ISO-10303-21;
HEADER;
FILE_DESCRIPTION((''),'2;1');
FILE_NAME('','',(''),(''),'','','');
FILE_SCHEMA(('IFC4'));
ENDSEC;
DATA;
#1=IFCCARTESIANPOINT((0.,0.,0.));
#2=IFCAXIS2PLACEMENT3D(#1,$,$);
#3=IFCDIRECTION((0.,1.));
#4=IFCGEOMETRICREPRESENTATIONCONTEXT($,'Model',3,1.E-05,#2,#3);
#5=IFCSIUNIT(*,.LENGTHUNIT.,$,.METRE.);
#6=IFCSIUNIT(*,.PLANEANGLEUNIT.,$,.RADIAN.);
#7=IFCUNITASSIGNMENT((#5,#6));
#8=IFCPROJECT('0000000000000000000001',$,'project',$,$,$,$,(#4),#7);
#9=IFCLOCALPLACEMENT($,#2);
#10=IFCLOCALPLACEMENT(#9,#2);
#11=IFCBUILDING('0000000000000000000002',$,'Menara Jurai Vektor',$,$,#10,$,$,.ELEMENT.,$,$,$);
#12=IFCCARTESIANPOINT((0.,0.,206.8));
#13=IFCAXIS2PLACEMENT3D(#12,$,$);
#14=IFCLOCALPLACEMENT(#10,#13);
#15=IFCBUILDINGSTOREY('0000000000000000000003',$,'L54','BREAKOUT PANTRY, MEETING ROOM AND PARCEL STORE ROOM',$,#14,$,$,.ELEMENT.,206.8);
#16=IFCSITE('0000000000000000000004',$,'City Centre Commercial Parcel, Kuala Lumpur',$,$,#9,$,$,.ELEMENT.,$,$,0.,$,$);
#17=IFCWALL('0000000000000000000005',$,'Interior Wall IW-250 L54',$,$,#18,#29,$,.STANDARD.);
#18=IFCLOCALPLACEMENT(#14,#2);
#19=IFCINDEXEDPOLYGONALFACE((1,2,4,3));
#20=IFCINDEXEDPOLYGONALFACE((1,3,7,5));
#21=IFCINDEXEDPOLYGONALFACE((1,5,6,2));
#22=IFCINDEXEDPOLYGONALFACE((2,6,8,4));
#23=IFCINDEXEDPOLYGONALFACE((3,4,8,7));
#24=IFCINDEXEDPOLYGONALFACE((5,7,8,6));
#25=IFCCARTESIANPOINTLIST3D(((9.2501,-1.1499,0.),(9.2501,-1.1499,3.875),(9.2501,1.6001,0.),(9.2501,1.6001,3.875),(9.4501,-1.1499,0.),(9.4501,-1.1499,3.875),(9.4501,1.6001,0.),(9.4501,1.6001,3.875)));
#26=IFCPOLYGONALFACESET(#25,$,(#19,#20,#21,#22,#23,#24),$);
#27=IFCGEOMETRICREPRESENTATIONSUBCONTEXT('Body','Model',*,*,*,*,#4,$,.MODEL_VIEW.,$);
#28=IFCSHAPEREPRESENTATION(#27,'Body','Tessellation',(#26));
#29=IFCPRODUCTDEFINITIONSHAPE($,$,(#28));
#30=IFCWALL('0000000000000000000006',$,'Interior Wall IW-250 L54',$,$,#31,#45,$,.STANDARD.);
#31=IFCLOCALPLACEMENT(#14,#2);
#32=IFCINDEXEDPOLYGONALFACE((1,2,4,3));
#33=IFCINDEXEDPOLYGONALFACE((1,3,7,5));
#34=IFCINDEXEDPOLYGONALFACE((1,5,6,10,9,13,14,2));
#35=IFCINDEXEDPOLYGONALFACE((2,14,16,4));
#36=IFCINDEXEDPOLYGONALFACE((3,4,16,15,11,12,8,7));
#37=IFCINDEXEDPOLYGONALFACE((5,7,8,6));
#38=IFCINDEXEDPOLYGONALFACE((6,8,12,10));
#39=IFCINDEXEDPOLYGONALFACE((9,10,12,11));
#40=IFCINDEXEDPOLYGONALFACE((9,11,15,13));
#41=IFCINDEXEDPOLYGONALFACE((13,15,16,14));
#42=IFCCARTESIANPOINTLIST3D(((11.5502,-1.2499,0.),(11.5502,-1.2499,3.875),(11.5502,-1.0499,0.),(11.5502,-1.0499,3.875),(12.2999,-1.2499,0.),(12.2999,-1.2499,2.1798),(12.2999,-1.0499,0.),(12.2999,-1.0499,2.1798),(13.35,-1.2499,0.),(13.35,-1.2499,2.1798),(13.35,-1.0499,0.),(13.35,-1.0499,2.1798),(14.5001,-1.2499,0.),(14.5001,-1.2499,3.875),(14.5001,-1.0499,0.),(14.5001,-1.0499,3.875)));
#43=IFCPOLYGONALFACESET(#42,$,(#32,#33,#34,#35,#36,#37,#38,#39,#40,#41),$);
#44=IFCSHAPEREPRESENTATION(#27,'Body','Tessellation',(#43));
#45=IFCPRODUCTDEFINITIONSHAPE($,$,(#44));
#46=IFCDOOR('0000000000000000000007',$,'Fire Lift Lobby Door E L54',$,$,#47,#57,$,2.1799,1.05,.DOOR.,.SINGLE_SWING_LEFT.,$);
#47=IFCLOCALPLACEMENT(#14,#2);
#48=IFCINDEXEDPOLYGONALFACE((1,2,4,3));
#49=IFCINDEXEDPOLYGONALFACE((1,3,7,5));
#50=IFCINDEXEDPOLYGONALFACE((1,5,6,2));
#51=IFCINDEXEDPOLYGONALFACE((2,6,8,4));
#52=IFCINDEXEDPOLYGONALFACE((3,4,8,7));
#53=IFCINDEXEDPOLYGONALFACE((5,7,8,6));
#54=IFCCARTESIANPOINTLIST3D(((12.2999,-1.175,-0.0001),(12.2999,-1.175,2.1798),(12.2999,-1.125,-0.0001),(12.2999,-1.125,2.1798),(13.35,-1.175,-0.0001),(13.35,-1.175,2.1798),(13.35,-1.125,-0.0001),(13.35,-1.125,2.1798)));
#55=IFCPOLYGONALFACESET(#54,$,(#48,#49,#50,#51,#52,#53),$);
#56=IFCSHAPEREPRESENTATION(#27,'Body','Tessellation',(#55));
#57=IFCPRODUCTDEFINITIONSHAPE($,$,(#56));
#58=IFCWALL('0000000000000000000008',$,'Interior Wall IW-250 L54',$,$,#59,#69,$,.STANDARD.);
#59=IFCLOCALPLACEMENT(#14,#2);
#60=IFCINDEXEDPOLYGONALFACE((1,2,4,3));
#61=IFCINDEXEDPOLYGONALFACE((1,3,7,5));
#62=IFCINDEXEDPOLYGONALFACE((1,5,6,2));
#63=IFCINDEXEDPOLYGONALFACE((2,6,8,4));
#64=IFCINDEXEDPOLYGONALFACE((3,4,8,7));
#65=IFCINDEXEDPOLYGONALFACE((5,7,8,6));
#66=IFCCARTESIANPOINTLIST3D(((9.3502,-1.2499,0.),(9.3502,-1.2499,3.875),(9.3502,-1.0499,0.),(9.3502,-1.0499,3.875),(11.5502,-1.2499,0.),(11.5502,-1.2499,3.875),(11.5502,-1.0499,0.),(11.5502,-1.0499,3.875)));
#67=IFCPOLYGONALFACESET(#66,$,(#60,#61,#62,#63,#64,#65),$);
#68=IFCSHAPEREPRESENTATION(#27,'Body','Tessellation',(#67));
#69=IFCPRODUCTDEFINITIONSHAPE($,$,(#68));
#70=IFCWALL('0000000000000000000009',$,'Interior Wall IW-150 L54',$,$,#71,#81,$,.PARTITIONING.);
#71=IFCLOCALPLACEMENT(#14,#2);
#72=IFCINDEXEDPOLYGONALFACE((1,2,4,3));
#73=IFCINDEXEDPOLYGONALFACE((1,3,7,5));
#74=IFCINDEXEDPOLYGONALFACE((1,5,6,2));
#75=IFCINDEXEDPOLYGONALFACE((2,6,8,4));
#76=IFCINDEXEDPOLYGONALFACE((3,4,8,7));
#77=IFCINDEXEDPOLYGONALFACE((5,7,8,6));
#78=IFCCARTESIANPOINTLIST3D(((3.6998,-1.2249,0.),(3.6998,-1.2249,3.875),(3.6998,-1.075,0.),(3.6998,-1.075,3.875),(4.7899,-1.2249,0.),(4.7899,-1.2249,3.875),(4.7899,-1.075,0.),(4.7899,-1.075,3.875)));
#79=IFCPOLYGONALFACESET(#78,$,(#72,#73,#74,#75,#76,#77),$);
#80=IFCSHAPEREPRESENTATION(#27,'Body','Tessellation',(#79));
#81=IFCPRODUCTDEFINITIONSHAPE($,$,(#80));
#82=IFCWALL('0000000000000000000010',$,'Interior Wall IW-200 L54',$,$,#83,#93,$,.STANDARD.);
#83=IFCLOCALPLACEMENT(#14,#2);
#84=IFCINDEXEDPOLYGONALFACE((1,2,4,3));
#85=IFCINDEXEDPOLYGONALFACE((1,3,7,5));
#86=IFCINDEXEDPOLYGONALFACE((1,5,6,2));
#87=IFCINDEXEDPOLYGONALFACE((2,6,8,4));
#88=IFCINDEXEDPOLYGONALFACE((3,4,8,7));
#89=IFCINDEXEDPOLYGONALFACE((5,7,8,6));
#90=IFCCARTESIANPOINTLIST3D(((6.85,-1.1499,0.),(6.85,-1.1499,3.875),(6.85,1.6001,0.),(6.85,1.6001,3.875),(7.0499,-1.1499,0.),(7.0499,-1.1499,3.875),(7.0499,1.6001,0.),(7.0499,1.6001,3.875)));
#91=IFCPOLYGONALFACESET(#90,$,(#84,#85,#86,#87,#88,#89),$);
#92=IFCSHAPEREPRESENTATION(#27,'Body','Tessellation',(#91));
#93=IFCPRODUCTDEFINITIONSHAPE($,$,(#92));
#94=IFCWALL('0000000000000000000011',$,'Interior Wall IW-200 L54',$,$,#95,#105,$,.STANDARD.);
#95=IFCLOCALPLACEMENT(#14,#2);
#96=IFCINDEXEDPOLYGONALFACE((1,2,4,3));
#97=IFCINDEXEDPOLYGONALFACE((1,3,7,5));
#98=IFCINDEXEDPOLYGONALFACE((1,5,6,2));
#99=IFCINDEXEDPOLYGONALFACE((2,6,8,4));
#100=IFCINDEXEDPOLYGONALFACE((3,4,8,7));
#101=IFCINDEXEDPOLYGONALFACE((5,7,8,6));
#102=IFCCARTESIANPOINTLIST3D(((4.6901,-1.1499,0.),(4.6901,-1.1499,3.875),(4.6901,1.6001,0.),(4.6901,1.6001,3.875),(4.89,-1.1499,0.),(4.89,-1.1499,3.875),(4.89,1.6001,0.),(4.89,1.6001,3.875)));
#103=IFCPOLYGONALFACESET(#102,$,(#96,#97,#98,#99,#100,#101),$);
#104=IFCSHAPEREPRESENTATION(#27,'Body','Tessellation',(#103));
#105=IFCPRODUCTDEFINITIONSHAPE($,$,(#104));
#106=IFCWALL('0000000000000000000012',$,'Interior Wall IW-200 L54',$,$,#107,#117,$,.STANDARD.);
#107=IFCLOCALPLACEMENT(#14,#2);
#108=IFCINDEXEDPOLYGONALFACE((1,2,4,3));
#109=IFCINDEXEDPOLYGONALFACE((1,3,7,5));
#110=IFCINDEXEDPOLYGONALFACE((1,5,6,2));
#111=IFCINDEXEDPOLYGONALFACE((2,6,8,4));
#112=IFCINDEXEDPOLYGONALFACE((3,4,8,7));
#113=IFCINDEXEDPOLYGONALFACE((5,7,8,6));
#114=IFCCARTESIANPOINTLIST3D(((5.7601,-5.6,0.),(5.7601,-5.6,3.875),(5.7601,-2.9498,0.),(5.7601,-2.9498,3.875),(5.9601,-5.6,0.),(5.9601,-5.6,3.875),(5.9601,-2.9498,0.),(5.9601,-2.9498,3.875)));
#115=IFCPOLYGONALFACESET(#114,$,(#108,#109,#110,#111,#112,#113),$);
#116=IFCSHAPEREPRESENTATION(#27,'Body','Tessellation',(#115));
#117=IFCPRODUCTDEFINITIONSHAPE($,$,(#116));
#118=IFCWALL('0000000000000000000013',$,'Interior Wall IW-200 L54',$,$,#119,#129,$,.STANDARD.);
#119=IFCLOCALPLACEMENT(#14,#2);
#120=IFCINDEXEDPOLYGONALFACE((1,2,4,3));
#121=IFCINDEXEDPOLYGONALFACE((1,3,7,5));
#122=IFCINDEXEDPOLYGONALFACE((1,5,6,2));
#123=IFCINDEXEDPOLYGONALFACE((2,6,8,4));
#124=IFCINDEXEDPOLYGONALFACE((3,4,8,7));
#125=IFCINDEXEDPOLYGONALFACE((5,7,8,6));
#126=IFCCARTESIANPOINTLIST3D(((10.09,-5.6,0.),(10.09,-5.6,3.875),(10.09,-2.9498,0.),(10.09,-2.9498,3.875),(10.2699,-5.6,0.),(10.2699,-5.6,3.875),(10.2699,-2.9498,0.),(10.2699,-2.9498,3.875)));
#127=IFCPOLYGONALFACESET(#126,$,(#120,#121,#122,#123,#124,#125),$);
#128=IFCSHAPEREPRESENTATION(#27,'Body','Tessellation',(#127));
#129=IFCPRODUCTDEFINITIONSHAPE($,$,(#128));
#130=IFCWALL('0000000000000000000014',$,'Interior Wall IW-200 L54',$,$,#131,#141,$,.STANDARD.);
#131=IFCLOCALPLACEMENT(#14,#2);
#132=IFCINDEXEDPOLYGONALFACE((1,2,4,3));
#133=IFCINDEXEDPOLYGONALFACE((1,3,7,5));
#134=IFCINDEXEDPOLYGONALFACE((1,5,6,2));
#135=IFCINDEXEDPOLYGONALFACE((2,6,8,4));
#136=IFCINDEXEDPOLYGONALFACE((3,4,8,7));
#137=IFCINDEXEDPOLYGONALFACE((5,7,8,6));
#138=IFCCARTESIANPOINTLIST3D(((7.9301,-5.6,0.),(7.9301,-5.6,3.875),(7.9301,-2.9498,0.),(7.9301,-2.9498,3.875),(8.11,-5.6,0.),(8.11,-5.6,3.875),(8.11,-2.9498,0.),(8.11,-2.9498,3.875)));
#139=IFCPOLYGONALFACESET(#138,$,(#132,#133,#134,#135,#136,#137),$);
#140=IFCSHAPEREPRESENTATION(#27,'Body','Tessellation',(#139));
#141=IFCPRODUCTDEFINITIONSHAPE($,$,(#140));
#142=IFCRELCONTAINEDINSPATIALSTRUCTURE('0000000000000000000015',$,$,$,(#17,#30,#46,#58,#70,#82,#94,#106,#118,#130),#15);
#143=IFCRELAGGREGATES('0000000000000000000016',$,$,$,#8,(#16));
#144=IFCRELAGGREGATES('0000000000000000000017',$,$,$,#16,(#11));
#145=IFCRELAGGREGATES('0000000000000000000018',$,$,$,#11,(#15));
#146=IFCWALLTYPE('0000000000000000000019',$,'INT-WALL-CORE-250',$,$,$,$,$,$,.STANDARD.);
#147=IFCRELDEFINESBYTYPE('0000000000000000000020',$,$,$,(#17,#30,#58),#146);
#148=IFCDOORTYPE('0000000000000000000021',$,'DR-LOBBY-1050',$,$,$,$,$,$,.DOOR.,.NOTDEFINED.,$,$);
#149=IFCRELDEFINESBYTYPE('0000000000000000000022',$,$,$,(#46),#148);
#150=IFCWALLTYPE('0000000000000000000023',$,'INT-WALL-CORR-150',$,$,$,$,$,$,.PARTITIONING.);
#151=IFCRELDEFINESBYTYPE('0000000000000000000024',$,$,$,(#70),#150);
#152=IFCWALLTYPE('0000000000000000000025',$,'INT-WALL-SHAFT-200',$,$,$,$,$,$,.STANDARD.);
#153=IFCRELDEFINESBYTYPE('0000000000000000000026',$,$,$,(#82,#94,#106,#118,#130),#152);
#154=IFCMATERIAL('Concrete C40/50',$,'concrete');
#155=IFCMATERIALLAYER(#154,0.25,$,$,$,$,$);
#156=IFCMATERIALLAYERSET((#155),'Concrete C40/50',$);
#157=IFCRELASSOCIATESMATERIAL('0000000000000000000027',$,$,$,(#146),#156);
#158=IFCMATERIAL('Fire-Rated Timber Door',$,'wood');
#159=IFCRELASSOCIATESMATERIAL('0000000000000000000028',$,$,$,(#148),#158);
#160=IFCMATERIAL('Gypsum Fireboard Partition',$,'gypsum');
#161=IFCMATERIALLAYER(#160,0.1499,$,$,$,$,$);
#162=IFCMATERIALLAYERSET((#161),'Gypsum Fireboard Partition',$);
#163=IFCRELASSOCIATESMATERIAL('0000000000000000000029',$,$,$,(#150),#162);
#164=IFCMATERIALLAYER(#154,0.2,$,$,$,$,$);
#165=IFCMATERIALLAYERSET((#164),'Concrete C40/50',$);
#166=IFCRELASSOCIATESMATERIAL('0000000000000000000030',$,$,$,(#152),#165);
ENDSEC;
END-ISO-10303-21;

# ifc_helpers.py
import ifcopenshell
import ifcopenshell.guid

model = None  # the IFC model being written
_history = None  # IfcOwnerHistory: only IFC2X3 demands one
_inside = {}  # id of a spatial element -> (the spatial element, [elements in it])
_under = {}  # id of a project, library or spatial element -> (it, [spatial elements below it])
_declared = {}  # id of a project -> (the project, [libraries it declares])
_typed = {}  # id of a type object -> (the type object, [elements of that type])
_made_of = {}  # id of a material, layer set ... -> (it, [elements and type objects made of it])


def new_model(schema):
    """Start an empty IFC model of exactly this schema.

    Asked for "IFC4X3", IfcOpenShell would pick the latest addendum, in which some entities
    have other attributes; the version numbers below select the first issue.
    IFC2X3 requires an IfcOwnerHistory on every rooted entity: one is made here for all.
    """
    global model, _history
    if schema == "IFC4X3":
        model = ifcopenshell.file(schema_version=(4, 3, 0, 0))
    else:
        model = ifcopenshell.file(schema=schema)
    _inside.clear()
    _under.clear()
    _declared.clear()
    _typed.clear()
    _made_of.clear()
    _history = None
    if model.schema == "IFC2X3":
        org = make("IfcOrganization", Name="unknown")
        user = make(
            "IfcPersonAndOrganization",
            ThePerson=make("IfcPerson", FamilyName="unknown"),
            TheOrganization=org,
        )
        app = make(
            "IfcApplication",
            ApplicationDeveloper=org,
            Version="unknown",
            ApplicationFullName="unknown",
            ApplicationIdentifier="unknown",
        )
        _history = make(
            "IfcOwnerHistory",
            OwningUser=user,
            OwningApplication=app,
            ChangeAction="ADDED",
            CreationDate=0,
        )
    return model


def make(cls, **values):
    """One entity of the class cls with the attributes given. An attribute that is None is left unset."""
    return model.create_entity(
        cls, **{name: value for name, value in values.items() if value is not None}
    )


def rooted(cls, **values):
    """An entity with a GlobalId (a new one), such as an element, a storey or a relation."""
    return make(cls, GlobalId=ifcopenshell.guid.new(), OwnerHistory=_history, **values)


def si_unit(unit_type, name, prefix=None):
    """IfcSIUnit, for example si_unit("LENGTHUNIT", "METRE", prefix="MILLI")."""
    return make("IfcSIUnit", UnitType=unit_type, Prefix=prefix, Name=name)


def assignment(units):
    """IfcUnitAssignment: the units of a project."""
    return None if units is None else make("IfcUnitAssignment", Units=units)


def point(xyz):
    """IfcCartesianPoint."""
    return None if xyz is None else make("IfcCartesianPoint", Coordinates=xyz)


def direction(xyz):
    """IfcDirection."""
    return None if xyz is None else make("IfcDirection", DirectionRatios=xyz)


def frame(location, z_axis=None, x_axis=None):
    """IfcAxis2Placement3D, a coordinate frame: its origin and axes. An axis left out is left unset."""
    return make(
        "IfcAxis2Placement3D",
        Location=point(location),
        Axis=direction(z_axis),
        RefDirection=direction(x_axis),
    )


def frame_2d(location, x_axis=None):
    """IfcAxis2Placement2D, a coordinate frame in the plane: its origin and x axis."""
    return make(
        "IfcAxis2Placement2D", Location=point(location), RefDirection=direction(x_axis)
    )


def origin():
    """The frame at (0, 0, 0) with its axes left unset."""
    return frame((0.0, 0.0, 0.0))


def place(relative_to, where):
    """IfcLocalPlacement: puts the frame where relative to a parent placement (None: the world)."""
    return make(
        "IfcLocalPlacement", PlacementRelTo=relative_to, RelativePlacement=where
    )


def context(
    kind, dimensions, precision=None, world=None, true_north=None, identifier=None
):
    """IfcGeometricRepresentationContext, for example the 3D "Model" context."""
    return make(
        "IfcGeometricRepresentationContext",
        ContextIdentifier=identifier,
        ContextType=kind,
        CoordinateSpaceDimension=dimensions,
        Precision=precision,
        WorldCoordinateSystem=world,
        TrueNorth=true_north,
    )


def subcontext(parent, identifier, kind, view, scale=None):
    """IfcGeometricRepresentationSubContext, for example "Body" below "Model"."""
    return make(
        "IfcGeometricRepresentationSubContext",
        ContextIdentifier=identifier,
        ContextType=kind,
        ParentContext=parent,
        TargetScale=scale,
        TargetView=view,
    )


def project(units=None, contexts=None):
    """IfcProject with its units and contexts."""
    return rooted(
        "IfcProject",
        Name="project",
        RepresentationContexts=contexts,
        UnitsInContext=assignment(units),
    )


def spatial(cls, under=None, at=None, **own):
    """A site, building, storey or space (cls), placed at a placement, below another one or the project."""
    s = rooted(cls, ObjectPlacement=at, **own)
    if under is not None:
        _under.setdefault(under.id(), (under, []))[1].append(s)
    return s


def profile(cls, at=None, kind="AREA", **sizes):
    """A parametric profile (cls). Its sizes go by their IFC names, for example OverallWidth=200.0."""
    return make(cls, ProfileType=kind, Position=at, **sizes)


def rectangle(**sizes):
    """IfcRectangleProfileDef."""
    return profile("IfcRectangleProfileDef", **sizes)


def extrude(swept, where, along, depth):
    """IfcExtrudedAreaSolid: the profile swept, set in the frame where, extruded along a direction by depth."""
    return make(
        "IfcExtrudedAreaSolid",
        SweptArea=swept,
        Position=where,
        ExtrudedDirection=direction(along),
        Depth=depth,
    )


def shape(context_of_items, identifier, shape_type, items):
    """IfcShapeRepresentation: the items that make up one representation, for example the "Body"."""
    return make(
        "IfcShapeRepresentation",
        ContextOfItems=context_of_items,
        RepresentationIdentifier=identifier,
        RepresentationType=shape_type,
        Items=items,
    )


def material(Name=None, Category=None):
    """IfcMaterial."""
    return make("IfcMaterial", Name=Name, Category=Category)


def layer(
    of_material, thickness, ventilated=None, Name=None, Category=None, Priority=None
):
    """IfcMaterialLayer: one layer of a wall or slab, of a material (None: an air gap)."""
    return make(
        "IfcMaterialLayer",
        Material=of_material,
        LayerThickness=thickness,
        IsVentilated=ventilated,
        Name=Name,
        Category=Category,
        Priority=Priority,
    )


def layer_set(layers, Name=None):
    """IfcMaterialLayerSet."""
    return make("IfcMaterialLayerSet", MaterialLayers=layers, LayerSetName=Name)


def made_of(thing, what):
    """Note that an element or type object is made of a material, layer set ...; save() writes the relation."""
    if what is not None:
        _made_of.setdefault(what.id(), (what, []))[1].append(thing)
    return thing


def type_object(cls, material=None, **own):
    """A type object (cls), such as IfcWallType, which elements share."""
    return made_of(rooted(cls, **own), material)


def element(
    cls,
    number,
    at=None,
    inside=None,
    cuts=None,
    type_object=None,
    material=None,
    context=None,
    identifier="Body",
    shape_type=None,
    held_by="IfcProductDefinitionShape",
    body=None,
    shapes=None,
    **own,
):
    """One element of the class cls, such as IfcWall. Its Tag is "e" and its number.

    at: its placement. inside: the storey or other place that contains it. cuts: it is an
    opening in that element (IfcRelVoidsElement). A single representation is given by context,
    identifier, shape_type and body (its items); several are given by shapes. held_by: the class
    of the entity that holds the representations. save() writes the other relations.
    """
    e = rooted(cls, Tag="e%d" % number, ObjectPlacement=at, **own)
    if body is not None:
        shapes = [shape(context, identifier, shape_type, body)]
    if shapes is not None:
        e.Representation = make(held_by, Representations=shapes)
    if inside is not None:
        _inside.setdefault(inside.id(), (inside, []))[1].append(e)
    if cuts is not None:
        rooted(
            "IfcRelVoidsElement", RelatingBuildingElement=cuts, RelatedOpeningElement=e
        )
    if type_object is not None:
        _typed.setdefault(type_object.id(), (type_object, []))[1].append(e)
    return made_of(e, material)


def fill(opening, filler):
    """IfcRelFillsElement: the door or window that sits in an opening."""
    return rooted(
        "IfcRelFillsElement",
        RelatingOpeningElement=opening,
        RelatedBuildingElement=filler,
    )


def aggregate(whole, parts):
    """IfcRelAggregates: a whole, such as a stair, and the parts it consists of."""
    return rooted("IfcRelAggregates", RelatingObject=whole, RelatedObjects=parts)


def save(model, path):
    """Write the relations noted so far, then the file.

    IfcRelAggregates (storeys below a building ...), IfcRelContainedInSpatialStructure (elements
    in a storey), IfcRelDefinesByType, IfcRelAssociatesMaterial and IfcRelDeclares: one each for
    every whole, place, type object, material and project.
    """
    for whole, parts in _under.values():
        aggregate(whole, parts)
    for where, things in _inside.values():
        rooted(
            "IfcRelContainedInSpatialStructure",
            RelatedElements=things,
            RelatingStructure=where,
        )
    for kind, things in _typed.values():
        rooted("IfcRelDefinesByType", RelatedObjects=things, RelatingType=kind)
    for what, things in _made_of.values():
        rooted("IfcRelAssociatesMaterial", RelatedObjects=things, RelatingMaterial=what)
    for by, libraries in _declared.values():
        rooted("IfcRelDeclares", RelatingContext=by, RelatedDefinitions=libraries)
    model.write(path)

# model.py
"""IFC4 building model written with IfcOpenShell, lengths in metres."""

from ifc_helpers import new_model, si_unit, direction, frame, frame_2d, origin, place, context, subcontext, project, spatial, rectangle, extrude, material, layer, layer_set, type_object, element, fill, save


model = new_model("IFC4")

# Units and contexts
model_context = context("Model", 3, precision=1e-05, world=origin(), true_north=direction((0.0, 1.0)))
body_context = subcontext(model_context, "Body", "Model", "MODEL_VIEW")
ifc_project = project(units=[si_unit("LENGTHUNIT", "METRE"), si_unit("PLANEANGLEUNIT", "RADIAN")], contexts=[model_context])

# Site, building, storey
site_placement = place(None, origin())
site = spatial("IfcSite", under=ifc_project, at=site_placement, Name="City Centre Commercial Parcel, Kuala Lumpur", CompositionType="ELEMENT", RefElevation=0.0)
building_placement = place(site_placement, origin())
building = spatial("IfcBuilding", under=site, at=building_placement, Name="Menara Jurai Vektor", CompositionType="ELEMENT")
storey_placement = place(building_placement, frame((0.0, 0.0, 206.8)))
storey = spatial("IfcBuildingStorey", under=building, at=storey_placement, Name="L54", Description="BREAKOUT PANTRY, MEETING ROOM AND PARCEL STORE ROOM", CompositionType="ELEMENT", Elevation=206.8)

# Shared definitions
ifc_material_1 = material(Name="Concrete C40/50", Category="concrete")
ifc_layer_1 = layer(ifc_material_1, 0.25)
ifc_layer_set_1 = layer_set([ifc_layer_1], Name="Concrete C40/50")
wall_type_1 = type_object("IfcWallType", Name="INT-WALL-CORE-250", PredefinedType="STANDARD", material=ifc_layer_set_1)

# Wall
wall_1_placement = place(storey_placement, frame((9.3501, -1.1499, 0.0), z_axis=(0.0, 0.0, 1.0), x_axis=(0.0, 1.0, 0.0)))
element("IfcWall", 1, at=wall_1_placement, inside=storey, type_object=wall_type_1, Name="Interior Wall IW-250 L54", PredefinedType="STANDARD", context=body_context, shape_type="SweptSolid", body=[
    extrude(rectangle(XDim=2.75, YDim=0.2, at=frame_2d((1.375, 0.0))), origin(), (0.0, 0.0, 1.0), 3.875),
])

# Wall, opening, door
wall_2_placement = place(storey_placement, frame((11.55, -1.1499, 0.0), z_axis=(0.0, 0.0, 1.0), x_axis=(1.0, 0.0, 0.0)))
wall_2 = element("IfcWall", 2, at=wall_2_placement, inside=storey, type_object=wall_type_1, Name="Interior Wall IW-250 L54", PredefinedType="STANDARD", context=body_context, shape_type="SweptSolid", body=[
    extrude(rectangle(XDim=2.95, YDim=0.2, at=frame_2d((1.4751, 0.0))), origin(), (0.0, 0.0, 1.0), 3.875),
])
opening_1_placement = place(wall_2_placement, frame((0.75, 0.0, 0.0)))
opening_1 = element("IfcOpeningElement", 3, at=opening_1_placement, cuts=wall_2, PredefinedType="OPENING", context=body_context, shape_type="SweptSolid", body=[
    extrude(rectangle(XDim=1.05, YDim=2.1799, at=frame_2d((0.5249, 1.0898))), frame((0.0, 0.1099, 0.0), z_axis=(0.0, -1.0, 0.0), x_axis=(1.0, 0.0, 0.0)), (0.0, 0.0, 1.0), 0.22),
])
ifc_material_2 = material(Name="Fire-Rated Timber Door", Category="wood")
door_type_1 = type_object("IfcDoorType", Name="DR-LOBBY-1050", OperationType="NOTDEFINED", PredefinedType="DOOR", material=ifc_material_2)
door_1_placement = place(opening_1_placement, origin())
door_1 = element("IfcDoor", 4, at=door_1_placement, inside=storey, type_object=door_type_1, Name="Fire Lift Lobby Door E L54", OperationType="SINGLE_SWING_LEFT", OverallHeight=2.1799, OverallWidth=1.05, PredefinedType="DOOR", context=body_context, shape_type="SweptSolid", body=[
    extrude(rectangle(XDim=1.05, YDim=2.1799, at=frame_2d((0.5249, 1.0898))), frame((0.0, 0.0249, 0.0), z_axis=(0.0, -1.0, 0.0), x_axis=(1.0, 0.0, 0.0)), (0.0, 0.0, 1.0), 0.05),
])
fill(opening_1, door_1)

# Walls
wall_3_placement = place(storey_placement, frame((9.3501, -1.1499, 0.0), z_axis=(0.0, 0.0, 1.0), x_axis=(1.0, 0.0, 0.0)))
element("IfcWall", 5, at=wall_3_placement, inside=storey, type_object=wall_type_1, Name="Interior Wall IW-250 L54", PredefinedType="STANDARD", context=body_context, shape_type="SweptSolid", body=[
    extrude(rectangle(XDim=2.2, YDim=0.2, at=frame_2d((1.1001, 0.0))), origin(), (0.0, 0.0, 1.0), 3.875),
])
ifc_material_3 = material(Name="Gypsum Fireboard Partition", Category="gypsum")
ifc_layer_2 = layer(ifc_material_3, 0.1499)
ifc_layer_set_2 = layer_set([ifc_layer_2], Name="Gypsum Fireboard Partition")
wall_type_2 = type_object("IfcWallType", Name="INT-WALL-CORR-150", PredefinedType="PARTITIONING", material=ifc_layer_set_2)
wall_4_placement = place(storey_placement, frame((3.7, -1.1499, 0.0), z_axis=(0.0, 0.0, 1.0), x_axis=(1.0, 0.0, 0.0)))
element("IfcWall", 6, at=wall_4_placement, inside=storey, type_object=wall_type_2, Name="Interior Wall IW-150 L54", PredefinedType="PARTITIONING", context=body_context, shape_type="SweptSolid", body=[
    extrude(rectangle(XDim=1.0901, YDim=0.1499, at=frame_2d((0.5449, 0.0))), origin(), (0.0, 0.0, 1.0), 3.875),
])
ifc_layer_3 = layer(ifc_material_1, 0.2)
ifc_layer_set_3 = layer_set([ifc_layer_3], Name="Concrete C40/50")
wall_type_3 = type_object("IfcWallType", Name="INT-WALL-SHAFT-200", PredefinedType="STANDARD", material=ifc_layer_set_3)
wall_5_placement = place(storey_placement, frame((6.95, -1.1499, 0.0), z_axis=(0.0, 0.0, 1.0), x_axis=(0.0, 1.0, 0.0)))
element("IfcWall", 7, at=wall_5_placement, inside=storey, type_object=wall_type_3, Name="Interior Wall IW-200 L54", PredefinedType="STANDARD", context=body_context, shape_type="SweptSolid", body=[
    extrude(rectangle(XDim=2.75, YDim=0.2, at=frame_2d((1.375, 0.0))), origin(), (0.0, 0.0, 1.0), 3.875),
])

# Wall
wall_6_placement = place(storey_placement, frame((4.79, -1.1499, 0.0), z_axis=(0.0, 0.0, 1.0), x_axis=(0.0, 1.0, 0.0)))
element("IfcWall", 8, at=wall_6_placement, inside=storey, type_object=wall_type_3, Name="Interior Wall IW-200 L54", PredefinedType="STANDARD", context=body_context, shape_type="SweptSolid", body=[
    extrude(rectangle(XDim=2.75, YDim=0.2, at=frame_2d((1.375, 0.0))), origin(), (0.0, 0.0, 1.0), 3.875),
])

# Walls
wall_7_placement = place(storey_placement, frame((5.8601, -5.6001, 0.0), z_axis=(0.0, 0.0, 1.0), x_axis=(0.0, 1.0, 0.0)))
element("IfcWall", 9, at=wall_7_placement, inside=storey, type_object=wall_type_3, Name="Interior Wall IW-200 L54", PredefinedType="STANDARD", context=body_context, shape_type="SweptSolid", body=[
    extrude(rectangle(XDim=2.6501, YDim=0.2, at=frame_2d((1.3252, 0.0))), origin(), (0.0, 0.0, 1.0), 3.875),
])
for number, where, z_axis, x_axis, name in (
    (10, (10.1799, -5.6001, 0.0), (0.0, 0.0, 1.0), (0.0, 1.0, 0.0), "Interior Wall IW-200 L54"),
    (11, (8.02, -5.6001, 0.0), (0.0, 0.0, 1.0), (0.0, 1.0, 0.0), "Interior Wall IW-200 L54"),
):
    element("IfcWall", number, at=place(storey_placement, frame(where, z_axis=z_axis, x_axis=x_axis)), inside=storey, type_object=wall_type_3, Name=name, PredefinedType="STANDARD", context=body_context, shape_type="SweptSolid", body=[
        extrude(rectangle(XDim=2.6501, YDim=0.1799, at=frame_2d((1.3252, 0.0))), origin(), (0.0, 0.0, 1.0), 3.875),
    ])

save(model, "model.ifc")
